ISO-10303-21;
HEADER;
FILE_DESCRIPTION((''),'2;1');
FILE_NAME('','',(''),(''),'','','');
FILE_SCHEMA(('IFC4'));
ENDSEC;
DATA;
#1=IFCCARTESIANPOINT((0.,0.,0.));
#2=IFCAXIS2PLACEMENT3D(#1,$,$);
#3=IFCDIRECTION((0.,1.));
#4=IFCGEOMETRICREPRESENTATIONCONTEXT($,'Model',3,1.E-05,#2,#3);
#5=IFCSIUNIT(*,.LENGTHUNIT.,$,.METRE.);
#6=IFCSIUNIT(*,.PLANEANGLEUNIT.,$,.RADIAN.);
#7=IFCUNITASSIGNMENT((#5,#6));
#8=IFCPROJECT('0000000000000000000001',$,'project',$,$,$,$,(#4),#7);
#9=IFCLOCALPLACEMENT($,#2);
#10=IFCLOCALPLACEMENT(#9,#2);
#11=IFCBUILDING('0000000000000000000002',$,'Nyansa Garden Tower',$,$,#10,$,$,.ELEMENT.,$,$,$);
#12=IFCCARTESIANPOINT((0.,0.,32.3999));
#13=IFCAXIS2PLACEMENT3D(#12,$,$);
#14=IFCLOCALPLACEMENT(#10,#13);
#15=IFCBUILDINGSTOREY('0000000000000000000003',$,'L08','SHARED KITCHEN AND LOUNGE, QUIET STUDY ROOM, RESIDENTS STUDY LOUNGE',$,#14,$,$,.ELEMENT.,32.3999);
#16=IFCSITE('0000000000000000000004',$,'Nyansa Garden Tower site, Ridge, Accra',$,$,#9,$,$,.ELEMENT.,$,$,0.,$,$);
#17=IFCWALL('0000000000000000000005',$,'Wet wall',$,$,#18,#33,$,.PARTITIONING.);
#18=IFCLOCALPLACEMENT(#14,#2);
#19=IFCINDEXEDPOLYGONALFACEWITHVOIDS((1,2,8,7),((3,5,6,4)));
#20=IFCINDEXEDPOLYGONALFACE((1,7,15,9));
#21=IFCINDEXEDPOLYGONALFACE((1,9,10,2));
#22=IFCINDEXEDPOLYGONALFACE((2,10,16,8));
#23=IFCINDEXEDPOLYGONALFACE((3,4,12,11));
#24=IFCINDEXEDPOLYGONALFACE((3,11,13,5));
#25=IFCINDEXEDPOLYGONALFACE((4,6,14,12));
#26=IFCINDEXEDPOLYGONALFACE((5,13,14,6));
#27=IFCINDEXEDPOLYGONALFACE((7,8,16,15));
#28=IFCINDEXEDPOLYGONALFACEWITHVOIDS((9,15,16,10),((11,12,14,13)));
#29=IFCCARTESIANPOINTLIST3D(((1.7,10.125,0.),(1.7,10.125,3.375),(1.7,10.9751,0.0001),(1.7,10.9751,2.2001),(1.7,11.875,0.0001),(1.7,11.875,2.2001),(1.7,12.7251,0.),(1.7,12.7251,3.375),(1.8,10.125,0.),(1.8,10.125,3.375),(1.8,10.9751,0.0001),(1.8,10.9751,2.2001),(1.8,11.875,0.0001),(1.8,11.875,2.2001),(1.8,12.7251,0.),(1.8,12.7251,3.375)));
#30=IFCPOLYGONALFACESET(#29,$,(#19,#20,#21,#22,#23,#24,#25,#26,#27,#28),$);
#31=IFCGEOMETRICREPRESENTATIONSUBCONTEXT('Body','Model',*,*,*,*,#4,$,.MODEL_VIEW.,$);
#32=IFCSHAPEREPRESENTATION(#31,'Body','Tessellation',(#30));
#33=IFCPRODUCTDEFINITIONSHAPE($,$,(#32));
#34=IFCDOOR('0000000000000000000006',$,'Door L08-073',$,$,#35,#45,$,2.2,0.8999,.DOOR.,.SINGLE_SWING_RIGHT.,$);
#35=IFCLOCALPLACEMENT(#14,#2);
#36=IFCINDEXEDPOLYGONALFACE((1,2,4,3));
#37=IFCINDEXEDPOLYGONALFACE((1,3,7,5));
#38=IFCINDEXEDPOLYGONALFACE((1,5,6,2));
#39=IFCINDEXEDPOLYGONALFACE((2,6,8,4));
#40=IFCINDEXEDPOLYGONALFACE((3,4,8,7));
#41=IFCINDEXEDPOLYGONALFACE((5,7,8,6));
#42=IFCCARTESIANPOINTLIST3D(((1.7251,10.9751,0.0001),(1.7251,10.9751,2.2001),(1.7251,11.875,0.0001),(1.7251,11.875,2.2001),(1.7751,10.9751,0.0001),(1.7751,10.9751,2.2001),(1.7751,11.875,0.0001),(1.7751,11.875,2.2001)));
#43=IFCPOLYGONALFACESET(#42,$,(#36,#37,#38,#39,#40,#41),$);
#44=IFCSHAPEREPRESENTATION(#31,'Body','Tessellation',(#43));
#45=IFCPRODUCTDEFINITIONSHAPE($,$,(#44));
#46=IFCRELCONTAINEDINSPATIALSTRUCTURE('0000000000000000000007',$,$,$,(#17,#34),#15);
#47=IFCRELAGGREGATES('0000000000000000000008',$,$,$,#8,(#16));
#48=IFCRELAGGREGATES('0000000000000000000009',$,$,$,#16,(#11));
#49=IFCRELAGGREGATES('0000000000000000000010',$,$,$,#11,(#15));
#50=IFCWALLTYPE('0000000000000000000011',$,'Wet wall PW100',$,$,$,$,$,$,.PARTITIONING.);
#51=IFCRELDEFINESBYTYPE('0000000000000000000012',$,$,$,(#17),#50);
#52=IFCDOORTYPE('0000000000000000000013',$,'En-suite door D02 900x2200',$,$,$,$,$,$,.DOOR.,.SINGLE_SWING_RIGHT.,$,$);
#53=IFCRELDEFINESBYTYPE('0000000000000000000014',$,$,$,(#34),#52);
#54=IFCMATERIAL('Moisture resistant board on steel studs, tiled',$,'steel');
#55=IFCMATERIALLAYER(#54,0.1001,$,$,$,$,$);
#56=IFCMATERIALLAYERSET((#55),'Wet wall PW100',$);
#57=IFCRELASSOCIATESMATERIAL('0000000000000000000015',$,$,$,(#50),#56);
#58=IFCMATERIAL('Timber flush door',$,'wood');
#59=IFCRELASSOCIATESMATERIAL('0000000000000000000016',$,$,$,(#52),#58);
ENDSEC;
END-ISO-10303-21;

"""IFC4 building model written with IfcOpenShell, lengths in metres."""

from ifc_helpers import new_model, si_unit, direction, frame, frame_2d, origin, place, context, subcontext, project, spatial, rectangle, extrude, material, layer, layer_set, type_object, element, fill, save


model = new_model("IFC4")

# Units and contexts
model_context = context("Model", 3, precision=1e-05, world=origin(), true_north=direction((0.0, 1.0)))
body_context = subcontext(model_context, "Body", "Model", "MODEL_VIEW")
ifc_project = project(units=[si_unit("LENGTHUNIT", "METRE"), si_unit("PLANEANGLEUNIT", "RADIAN")], contexts=[model_context])

# Site, building, storey
site_placement = place(None, origin())
site = spatial("IfcSite", under=ifc_project, at=site_placement, Name="Nyansa Garden Tower site, Ridge, Accra", CompositionType="ELEMENT", RefElevation=0.0)
building_placement = place(site_placement, origin())
building = spatial("IfcBuilding", under=site, at=building_placement, Name="Nyansa Garden Tower", CompositionType="ELEMENT")
storey_placement = place(building_placement, frame((0.0, 0.0, 32.3999)))
storey = spatial("IfcBuildingStorey", under=building, at=storey_placement, Name="L08", Description="SHARED KITCHEN AND LOUNGE, QUIET STUDY ROOM, RESIDENTS STUDY LOUNGE", CompositionType="ELEMENT", Elevation=32.3999)

# Wall, opening, door
ifc_material_1 = material(Name="Moisture resistant board on steel studs, tiled", Category="steel")
ifc_layer_1 = layer(ifc_material_1, 0.1001)
ifc_layer_set_1 = layer_set([ifc_layer_1], Name="Wet wall PW100")
wall_type_1 = type_object("IfcWallType", Name="Wet wall PW100", PredefinedType="PARTITIONING", material=ifc_layer_set_1)
wall_1_placement = place(storey_placement, frame((1.75, 10.125, 0.0), z_axis=(0.0, 0.0, 1.0), x_axis=(0.0, 1.0, 0.0)))
wall_1 = element("IfcWall", 1, at=wall_1_placement, inside=storey, type_object=wall_type_1, Name="Wet wall", PredefinedType="PARTITIONING", context=body_context, shape_type="SweptSolid", body=[
    extrude(rectangle(XDim=2.6001, YDim=0.1001, at=frame_2d((1.3, 0.0))), origin(), (0.0, 0.0, 1.0), 3.375),
])
opening_1_placement = place(wall_1_placement, frame((0.8501, 0.0, 0.0)))
opening_1 = element("IfcOpeningElement", 2, at=opening_1_placement, cuts=wall_1, PredefinedType="OPENING", context=body_context, shape_type="SweptSolid", body=[
    extrude(rectangle(XDim=0.8999, YDim=2.2, at=frame_2d((0.45, 1.1001))), frame((0.0, 0.0601, 0.0), z_axis=(0.0, -1.0, 0.0), x_axis=(1.0, 0.0, 0.0)), (0.0, 0.0, 1.0), 0.1201),
])
ifc_material_2 = material(Name="Timber flush door", Category="wood")
door_type_1 = type_object("IfcDoorType", Name="En-suite door D02 900x2200", OperationType="SINGLE_SWING_RIGHT", PredefinedType="DOOR", material=ifc_material_2)
door_1_placement = place(opening_1_placement, origin())
door_1 = element("IfcDoor", 3, at=door_1_placement, inside=storey, type_object=door_type_1, Name="Door L08-073", OperationType="SINGLE_SWING_RIGHT", OverallHeight=2.2, OverallWidth=0.8999, PredefinedType="DOOR", context=body_context, shape_type="SweptSolid", body=[
    extrude(rectangle(XDim=0.8999, YDim=2.2, at=frame_2d((0.45, 1.1001))), frame((0.0, 0.0249, 0.0), z_axis=(0.0, -1.0, 0.0), x_axis=(1.0, 0.0, 0.0)), (0.0, 0.0, 1.0), 0.05),
])
fill(opening_1, door_1)

save(model, "model.ifc")
